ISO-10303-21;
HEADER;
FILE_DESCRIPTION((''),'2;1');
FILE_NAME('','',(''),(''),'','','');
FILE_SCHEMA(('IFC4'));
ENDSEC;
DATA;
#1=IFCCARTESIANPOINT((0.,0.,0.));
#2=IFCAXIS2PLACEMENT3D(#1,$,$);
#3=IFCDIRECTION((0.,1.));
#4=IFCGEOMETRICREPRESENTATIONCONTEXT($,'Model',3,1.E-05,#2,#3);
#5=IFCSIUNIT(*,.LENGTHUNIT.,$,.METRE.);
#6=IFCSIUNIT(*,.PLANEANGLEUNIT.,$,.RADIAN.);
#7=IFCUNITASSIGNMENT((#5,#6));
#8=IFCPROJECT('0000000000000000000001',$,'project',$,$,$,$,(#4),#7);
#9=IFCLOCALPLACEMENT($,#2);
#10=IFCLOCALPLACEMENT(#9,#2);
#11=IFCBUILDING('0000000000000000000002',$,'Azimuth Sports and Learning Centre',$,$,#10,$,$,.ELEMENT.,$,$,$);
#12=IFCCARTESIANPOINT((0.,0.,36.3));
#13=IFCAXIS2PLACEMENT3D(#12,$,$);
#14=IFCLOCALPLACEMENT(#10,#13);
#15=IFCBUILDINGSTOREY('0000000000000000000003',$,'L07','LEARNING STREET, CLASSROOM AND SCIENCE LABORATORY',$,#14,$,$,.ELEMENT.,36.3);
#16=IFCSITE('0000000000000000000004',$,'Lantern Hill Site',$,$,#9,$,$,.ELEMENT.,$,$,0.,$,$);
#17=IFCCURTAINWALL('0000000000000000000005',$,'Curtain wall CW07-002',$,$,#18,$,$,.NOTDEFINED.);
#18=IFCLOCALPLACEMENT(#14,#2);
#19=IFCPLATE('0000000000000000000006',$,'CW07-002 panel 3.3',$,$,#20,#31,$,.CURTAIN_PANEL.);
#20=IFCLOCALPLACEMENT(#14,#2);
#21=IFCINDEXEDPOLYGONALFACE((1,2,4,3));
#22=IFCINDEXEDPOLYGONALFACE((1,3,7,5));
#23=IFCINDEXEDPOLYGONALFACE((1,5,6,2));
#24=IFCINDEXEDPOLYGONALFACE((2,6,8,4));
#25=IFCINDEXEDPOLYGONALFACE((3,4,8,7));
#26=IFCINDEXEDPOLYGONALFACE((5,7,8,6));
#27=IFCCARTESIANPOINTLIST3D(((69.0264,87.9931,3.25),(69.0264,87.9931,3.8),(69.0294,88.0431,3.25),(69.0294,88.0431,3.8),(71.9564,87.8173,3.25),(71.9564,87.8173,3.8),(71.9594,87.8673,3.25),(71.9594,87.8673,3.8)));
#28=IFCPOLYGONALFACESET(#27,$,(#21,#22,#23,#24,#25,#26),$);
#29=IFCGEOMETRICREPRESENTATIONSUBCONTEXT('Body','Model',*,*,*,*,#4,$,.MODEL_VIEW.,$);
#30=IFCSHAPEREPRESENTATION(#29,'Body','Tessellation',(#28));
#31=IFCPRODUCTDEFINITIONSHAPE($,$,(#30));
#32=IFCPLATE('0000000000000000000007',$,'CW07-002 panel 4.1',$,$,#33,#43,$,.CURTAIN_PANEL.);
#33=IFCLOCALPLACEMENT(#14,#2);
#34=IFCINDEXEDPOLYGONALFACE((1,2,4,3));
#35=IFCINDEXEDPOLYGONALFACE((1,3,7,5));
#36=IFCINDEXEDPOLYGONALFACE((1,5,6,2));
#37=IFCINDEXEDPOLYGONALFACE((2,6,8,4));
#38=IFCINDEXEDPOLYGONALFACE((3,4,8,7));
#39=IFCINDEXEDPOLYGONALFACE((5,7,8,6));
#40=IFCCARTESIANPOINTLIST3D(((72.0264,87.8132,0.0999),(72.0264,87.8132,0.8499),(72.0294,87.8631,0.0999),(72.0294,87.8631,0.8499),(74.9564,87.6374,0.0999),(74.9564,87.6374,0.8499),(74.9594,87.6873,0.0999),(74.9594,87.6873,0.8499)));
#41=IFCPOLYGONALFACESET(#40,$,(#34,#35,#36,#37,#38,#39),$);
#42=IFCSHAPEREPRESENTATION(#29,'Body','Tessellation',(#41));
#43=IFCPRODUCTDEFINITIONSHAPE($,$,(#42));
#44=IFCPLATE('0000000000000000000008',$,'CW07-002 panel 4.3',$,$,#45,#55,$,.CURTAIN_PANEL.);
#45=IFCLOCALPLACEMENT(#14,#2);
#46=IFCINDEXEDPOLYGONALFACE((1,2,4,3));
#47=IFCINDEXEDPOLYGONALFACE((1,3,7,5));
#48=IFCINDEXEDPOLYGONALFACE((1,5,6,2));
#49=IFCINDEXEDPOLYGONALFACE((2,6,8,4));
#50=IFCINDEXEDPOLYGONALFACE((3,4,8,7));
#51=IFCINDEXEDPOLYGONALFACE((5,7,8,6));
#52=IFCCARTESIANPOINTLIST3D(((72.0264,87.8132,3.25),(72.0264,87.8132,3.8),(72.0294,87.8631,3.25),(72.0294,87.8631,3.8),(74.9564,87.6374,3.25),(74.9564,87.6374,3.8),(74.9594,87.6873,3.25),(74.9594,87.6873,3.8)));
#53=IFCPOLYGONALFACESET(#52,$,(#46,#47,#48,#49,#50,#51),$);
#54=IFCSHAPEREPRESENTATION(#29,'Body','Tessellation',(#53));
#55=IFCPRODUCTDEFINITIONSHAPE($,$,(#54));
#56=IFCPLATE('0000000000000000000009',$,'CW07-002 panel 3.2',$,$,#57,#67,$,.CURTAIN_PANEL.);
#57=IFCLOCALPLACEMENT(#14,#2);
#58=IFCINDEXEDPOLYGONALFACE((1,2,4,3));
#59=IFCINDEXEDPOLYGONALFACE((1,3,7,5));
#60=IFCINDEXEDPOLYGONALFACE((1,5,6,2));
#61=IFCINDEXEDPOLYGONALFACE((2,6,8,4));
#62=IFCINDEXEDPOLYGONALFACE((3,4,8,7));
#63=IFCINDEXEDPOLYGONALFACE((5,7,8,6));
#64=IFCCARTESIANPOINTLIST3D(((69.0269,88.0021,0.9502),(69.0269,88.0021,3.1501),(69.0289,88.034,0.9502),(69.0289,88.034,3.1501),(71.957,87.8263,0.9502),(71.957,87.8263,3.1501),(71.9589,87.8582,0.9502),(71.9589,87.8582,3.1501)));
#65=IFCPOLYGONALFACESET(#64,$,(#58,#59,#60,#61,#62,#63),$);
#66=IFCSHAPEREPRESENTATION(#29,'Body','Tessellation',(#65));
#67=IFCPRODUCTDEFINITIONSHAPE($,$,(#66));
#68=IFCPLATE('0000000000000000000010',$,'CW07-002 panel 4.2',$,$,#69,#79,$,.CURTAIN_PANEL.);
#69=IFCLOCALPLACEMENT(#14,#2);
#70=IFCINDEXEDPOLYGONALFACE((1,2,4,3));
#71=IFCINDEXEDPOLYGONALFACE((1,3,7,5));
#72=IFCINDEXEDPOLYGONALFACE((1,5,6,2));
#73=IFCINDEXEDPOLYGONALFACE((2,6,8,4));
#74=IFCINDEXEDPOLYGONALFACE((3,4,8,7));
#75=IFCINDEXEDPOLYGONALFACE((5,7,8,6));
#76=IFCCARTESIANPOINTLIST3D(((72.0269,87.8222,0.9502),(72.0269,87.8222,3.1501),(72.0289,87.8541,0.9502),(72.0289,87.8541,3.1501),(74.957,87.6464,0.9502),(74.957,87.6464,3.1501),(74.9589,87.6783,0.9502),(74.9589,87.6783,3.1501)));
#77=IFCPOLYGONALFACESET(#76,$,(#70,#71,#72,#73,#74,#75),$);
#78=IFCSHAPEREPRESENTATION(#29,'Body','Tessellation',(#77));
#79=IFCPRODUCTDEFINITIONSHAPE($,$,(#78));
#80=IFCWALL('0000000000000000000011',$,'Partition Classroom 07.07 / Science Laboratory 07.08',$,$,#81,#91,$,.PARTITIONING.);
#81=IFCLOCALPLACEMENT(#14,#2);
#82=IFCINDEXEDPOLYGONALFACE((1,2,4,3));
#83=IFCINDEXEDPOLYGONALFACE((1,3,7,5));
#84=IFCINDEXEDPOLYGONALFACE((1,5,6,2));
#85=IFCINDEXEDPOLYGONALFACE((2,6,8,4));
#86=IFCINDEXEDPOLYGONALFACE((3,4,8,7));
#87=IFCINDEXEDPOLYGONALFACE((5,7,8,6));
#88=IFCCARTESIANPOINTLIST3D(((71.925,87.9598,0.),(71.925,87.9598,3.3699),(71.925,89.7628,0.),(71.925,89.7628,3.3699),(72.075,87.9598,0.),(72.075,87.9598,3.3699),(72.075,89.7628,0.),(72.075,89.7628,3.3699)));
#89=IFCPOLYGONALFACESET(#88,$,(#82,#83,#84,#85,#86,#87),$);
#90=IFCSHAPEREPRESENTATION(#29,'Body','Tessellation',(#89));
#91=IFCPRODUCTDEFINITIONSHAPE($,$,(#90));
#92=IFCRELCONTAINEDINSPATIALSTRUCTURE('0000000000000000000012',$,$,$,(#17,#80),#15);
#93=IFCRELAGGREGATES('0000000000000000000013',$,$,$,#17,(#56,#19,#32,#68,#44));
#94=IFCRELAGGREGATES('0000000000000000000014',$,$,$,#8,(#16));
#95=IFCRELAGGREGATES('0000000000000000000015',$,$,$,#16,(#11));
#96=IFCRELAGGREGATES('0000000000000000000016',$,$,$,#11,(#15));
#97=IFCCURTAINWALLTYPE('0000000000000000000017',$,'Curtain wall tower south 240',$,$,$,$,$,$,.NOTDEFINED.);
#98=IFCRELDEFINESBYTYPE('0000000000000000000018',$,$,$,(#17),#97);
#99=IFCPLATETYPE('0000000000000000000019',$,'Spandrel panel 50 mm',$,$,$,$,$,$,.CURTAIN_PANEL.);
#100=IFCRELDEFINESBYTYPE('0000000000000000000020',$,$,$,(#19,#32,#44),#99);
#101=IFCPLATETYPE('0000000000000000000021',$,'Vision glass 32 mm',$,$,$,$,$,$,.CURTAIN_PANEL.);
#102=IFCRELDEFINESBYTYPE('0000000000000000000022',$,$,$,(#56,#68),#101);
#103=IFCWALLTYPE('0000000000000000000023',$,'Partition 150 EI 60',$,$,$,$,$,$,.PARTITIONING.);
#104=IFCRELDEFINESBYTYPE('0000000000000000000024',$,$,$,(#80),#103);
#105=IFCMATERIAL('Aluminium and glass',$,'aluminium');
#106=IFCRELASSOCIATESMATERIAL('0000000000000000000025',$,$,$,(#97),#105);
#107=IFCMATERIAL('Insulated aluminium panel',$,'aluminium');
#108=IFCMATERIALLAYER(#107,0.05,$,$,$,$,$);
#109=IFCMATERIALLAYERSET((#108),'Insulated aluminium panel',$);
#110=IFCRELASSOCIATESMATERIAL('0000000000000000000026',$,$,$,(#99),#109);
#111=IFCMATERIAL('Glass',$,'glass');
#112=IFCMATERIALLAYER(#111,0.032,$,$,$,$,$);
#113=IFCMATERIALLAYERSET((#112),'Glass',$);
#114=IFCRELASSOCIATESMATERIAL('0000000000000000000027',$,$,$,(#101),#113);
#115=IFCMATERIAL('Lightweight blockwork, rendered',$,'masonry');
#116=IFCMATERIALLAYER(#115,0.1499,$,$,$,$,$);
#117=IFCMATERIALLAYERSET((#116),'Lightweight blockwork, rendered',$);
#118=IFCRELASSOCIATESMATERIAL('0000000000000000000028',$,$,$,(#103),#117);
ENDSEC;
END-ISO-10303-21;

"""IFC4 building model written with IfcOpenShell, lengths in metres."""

from ifc_helpers import new_model, si_unit, direction, frame, frame_2d, origin, origin_2d, place, context, subcontext, project, spatial, rectangle, extrude, material, layer, layer_set, type_object, element, aggregate, save


model = new_model("IFC4")

# Units and contexts
model_context = context("Model", 3, precision=1e-05, world=origin(), true_north=direction((0.0, 1.0)))
body_context = subcontext(model_context, "Body", "Model", "MODEL_VIEW")
ifc_project = project(units=[si_unit("LENGTHUNIT", "METRE"), si_unit("PLANEANGLEUNIT", "RADIAN")], contexts=[model_context])

# Site, building, storey
site_placement = place(None, origin())
site = spatial("IfcSite", under=ifc_project, at=site_placement, Name="Lantern Hill Site", CompositionType="ELEMENT", RefElevation=0.0)
building_placement = place(site_placement, origin())
building = spatial("IfcBuilding", under=site, at=building_placement, Name="Azimuth Sports and Learning Centre", CompositionType="ELEMENT")
storey_placement = place(building_placement, frame((0.0, 0.0, 36.3)))
storey = spatial("IfcBuildingStorey", under=building, at=storey_placement, Name="L07", Description="LEARNING STREET, CLASSROOM AND SCIENCE LABORATORY", CompositionType="ELEMENT", Elevation=36.3)

# Curtain wall, plates
ifc_material_1 = material(Name="Aluminium and glass", Category="aluminium")
curtain_wall_type = type_object("IfcCurtainWallType", Name="Curtain wall tower south 240", PredefinedType="NOTDEFINED", material=ifc_material_1)
curtain_wall_placement = place(storey_placement, origin())
curtain_wall = element("IfcCurtainWall", 1, at=curtain_wall_placement, inside=storey, type_object=curtain_wall_type, Name="Curtain wall CW07-002", PredefinedType="NOTDEFINED")
ifc_material_2 = material(Name="Insulated aluminium panel", Category="aluminium")
ifc_layer_1 = layer(ifc_material_2, 0.05)
ifc_layer_set_1 = layer_set([ifc_layer_1], Name="Insulated aluminium panel")
plate_type_1 = type_object("IfcPlateType", Name="Spandrel panel 50 mm", PredefinedType="CURTAIN_PANEL", material=ifc_layer_set_1)
plate_1_placement = place(storey_placement, frame((70.4929, 87.9302, 3.25), z_axis=(0.0, 0.0, 1.0), x_axis=(0.998205, -0.059892, 0.0)))
plate_1 = element("IfcPlate", 2, at=plate_1_placement, type_object=plate_type_1, Name="CW07-002 panel 3.3", PredefinedType="CURTAIN_PANEL", context=body_context, shape_type="SweptSolid", body=[
    extrude(rectangle(XDim=2.9353, YDim=0.05, at=origin_2d()), origin(), (0.0, 0.0, 1.0), 0.55),
])
plate_2_placement = place(storey_placement, frame((73.4929, 87.7502, 0.0999), z_axis=(0.0, 0.0, 1.0), x_axis=(0.998205, -0.059892, 0.0)))
plate_2 = element("IfcPlate", 3, at=plate_2_placement, type_object=plate_type_1, Name="CW07-002 panel 4.1", PredefinedType="CURTAIN_PANEL", context=body_context, shape_type="SweptSolid", body=[
    extrude(rectangle(XDim=2.9353, YDim=0.05, at=origin_2d()), origin(), (0.0, 0.0, 1.0), 0.75),
])
plate_3_placement = place(storey_placement, frame((73.4929, 87.7502, 3.25), z_axis=(0.0, 0.0, 1.0), x_axis=(0.998205, -0.059892, 0.0)))
plate_3 = element("IfcPlate", 4, at=plate_3_placement, type_object=plate_type_1, Name="CW07-002 panel 4.3", PredefinedType="CURTAIN_PANEL", context=body_context, shape_type="SweptSolid", body=[
    extrude(rectangle(XDim=2.9353, YDim=0.05, at=origin_2d()), origin(), (0.0, 0.0, 1.0), 0.55),
])
ifc_material_3 = material(Name="Glass", Category="glass")
ifc_layer_2 = layer(ifc_material_3, 0.032)
ifc_layer_set_2 = layer_set([ifc_layer_2], Name="Glass")
plate_type_2 = type_object("IfcPlateType", Name="Vision glass 32 mm", PredefinedType="CURTAIN_PANEL", material=ifc_layer_set_2)
plate_4_placement = place(storey_placement, frame((70.4929, 87.9302, 0.9502), z_axis=(0.0, 0.0, 1.0), x_axis=(0.998205, -0.059892, 0.0)))
plate_4 = element("IfcPlate", 5, at=plate_4_placement, type_object=plate_type_2, Name="CW07-002 panel 3.2", PredefinedType="CURTAIN_PANEL", context=body_context, shape_type="SweptSolid", body=[
    extrude(rectangle(XDim=2.9353, YDim=0.032, at=origin_2d()), origin(), (0.0, 0.0, 1.0), 2.2),
])
plate_5_placement = place(storey_placement, frame((73.4929, 87.7502, 0.9502), z_axis=(0.0, 0.0, 1.0), x_axis=(0.998205, -0.059892, 0.0)))
plate_5 = element("IfcPlate", 6, at=plate_5_placement, type_object=plate_type_2, Name="CW07-002 panel 4.2", PredefinedType="CURTAIN_PANEL", context=body_context, shape_type="SweptSolid", body=[
    extrude(rectangle(XDim=2.9353, YDim=0.032, at=origin_2d()), origin(), (0.0, 0.0, 1.0), 2.2),
])
aggregate(curtain_wall, [plate_4, plate_1, plate_2, plate_5, plate_3])

# Wall
ifc_material_4 = material(Name="Lightweight blockwork, rendered", Category="masonry")
ifc_layer_3 = layer(ifc_material_4, 0.1499)
ifc_layer_set_3 = layer_set([ifc_layer_3], Name="Lightweight blockwork, rendered")
wall_type = type_object("IfcWallType", Name="Partition 150 EI 60", PredefinedType="PARTITIONING", material=ifc_layer_set_3)
wall_placement = place(storey_placement, frame((72.0, 87.96, 0.0), z_axis=(0.0, 0.0, 1.0), x_axis=(0.0, 1.0, 0.0)))
element("IfcWall", 7, at=wall_placement, inside=storey, type_object=wall_type, Name="Partition Classroom 07.07 / Science Laboratory 07.08", PredefinedType="PARTITIONING", context=body_context, shape_type="SweptSolid", body=[
    extrude(rectangle(XDim=1.803, YDim=0.1499, at=frame_2d((0.9014, 0.0))), origin(), (0.0, 0.0, 1.0), 3.3699),
])

save(model, "model.ifc")
